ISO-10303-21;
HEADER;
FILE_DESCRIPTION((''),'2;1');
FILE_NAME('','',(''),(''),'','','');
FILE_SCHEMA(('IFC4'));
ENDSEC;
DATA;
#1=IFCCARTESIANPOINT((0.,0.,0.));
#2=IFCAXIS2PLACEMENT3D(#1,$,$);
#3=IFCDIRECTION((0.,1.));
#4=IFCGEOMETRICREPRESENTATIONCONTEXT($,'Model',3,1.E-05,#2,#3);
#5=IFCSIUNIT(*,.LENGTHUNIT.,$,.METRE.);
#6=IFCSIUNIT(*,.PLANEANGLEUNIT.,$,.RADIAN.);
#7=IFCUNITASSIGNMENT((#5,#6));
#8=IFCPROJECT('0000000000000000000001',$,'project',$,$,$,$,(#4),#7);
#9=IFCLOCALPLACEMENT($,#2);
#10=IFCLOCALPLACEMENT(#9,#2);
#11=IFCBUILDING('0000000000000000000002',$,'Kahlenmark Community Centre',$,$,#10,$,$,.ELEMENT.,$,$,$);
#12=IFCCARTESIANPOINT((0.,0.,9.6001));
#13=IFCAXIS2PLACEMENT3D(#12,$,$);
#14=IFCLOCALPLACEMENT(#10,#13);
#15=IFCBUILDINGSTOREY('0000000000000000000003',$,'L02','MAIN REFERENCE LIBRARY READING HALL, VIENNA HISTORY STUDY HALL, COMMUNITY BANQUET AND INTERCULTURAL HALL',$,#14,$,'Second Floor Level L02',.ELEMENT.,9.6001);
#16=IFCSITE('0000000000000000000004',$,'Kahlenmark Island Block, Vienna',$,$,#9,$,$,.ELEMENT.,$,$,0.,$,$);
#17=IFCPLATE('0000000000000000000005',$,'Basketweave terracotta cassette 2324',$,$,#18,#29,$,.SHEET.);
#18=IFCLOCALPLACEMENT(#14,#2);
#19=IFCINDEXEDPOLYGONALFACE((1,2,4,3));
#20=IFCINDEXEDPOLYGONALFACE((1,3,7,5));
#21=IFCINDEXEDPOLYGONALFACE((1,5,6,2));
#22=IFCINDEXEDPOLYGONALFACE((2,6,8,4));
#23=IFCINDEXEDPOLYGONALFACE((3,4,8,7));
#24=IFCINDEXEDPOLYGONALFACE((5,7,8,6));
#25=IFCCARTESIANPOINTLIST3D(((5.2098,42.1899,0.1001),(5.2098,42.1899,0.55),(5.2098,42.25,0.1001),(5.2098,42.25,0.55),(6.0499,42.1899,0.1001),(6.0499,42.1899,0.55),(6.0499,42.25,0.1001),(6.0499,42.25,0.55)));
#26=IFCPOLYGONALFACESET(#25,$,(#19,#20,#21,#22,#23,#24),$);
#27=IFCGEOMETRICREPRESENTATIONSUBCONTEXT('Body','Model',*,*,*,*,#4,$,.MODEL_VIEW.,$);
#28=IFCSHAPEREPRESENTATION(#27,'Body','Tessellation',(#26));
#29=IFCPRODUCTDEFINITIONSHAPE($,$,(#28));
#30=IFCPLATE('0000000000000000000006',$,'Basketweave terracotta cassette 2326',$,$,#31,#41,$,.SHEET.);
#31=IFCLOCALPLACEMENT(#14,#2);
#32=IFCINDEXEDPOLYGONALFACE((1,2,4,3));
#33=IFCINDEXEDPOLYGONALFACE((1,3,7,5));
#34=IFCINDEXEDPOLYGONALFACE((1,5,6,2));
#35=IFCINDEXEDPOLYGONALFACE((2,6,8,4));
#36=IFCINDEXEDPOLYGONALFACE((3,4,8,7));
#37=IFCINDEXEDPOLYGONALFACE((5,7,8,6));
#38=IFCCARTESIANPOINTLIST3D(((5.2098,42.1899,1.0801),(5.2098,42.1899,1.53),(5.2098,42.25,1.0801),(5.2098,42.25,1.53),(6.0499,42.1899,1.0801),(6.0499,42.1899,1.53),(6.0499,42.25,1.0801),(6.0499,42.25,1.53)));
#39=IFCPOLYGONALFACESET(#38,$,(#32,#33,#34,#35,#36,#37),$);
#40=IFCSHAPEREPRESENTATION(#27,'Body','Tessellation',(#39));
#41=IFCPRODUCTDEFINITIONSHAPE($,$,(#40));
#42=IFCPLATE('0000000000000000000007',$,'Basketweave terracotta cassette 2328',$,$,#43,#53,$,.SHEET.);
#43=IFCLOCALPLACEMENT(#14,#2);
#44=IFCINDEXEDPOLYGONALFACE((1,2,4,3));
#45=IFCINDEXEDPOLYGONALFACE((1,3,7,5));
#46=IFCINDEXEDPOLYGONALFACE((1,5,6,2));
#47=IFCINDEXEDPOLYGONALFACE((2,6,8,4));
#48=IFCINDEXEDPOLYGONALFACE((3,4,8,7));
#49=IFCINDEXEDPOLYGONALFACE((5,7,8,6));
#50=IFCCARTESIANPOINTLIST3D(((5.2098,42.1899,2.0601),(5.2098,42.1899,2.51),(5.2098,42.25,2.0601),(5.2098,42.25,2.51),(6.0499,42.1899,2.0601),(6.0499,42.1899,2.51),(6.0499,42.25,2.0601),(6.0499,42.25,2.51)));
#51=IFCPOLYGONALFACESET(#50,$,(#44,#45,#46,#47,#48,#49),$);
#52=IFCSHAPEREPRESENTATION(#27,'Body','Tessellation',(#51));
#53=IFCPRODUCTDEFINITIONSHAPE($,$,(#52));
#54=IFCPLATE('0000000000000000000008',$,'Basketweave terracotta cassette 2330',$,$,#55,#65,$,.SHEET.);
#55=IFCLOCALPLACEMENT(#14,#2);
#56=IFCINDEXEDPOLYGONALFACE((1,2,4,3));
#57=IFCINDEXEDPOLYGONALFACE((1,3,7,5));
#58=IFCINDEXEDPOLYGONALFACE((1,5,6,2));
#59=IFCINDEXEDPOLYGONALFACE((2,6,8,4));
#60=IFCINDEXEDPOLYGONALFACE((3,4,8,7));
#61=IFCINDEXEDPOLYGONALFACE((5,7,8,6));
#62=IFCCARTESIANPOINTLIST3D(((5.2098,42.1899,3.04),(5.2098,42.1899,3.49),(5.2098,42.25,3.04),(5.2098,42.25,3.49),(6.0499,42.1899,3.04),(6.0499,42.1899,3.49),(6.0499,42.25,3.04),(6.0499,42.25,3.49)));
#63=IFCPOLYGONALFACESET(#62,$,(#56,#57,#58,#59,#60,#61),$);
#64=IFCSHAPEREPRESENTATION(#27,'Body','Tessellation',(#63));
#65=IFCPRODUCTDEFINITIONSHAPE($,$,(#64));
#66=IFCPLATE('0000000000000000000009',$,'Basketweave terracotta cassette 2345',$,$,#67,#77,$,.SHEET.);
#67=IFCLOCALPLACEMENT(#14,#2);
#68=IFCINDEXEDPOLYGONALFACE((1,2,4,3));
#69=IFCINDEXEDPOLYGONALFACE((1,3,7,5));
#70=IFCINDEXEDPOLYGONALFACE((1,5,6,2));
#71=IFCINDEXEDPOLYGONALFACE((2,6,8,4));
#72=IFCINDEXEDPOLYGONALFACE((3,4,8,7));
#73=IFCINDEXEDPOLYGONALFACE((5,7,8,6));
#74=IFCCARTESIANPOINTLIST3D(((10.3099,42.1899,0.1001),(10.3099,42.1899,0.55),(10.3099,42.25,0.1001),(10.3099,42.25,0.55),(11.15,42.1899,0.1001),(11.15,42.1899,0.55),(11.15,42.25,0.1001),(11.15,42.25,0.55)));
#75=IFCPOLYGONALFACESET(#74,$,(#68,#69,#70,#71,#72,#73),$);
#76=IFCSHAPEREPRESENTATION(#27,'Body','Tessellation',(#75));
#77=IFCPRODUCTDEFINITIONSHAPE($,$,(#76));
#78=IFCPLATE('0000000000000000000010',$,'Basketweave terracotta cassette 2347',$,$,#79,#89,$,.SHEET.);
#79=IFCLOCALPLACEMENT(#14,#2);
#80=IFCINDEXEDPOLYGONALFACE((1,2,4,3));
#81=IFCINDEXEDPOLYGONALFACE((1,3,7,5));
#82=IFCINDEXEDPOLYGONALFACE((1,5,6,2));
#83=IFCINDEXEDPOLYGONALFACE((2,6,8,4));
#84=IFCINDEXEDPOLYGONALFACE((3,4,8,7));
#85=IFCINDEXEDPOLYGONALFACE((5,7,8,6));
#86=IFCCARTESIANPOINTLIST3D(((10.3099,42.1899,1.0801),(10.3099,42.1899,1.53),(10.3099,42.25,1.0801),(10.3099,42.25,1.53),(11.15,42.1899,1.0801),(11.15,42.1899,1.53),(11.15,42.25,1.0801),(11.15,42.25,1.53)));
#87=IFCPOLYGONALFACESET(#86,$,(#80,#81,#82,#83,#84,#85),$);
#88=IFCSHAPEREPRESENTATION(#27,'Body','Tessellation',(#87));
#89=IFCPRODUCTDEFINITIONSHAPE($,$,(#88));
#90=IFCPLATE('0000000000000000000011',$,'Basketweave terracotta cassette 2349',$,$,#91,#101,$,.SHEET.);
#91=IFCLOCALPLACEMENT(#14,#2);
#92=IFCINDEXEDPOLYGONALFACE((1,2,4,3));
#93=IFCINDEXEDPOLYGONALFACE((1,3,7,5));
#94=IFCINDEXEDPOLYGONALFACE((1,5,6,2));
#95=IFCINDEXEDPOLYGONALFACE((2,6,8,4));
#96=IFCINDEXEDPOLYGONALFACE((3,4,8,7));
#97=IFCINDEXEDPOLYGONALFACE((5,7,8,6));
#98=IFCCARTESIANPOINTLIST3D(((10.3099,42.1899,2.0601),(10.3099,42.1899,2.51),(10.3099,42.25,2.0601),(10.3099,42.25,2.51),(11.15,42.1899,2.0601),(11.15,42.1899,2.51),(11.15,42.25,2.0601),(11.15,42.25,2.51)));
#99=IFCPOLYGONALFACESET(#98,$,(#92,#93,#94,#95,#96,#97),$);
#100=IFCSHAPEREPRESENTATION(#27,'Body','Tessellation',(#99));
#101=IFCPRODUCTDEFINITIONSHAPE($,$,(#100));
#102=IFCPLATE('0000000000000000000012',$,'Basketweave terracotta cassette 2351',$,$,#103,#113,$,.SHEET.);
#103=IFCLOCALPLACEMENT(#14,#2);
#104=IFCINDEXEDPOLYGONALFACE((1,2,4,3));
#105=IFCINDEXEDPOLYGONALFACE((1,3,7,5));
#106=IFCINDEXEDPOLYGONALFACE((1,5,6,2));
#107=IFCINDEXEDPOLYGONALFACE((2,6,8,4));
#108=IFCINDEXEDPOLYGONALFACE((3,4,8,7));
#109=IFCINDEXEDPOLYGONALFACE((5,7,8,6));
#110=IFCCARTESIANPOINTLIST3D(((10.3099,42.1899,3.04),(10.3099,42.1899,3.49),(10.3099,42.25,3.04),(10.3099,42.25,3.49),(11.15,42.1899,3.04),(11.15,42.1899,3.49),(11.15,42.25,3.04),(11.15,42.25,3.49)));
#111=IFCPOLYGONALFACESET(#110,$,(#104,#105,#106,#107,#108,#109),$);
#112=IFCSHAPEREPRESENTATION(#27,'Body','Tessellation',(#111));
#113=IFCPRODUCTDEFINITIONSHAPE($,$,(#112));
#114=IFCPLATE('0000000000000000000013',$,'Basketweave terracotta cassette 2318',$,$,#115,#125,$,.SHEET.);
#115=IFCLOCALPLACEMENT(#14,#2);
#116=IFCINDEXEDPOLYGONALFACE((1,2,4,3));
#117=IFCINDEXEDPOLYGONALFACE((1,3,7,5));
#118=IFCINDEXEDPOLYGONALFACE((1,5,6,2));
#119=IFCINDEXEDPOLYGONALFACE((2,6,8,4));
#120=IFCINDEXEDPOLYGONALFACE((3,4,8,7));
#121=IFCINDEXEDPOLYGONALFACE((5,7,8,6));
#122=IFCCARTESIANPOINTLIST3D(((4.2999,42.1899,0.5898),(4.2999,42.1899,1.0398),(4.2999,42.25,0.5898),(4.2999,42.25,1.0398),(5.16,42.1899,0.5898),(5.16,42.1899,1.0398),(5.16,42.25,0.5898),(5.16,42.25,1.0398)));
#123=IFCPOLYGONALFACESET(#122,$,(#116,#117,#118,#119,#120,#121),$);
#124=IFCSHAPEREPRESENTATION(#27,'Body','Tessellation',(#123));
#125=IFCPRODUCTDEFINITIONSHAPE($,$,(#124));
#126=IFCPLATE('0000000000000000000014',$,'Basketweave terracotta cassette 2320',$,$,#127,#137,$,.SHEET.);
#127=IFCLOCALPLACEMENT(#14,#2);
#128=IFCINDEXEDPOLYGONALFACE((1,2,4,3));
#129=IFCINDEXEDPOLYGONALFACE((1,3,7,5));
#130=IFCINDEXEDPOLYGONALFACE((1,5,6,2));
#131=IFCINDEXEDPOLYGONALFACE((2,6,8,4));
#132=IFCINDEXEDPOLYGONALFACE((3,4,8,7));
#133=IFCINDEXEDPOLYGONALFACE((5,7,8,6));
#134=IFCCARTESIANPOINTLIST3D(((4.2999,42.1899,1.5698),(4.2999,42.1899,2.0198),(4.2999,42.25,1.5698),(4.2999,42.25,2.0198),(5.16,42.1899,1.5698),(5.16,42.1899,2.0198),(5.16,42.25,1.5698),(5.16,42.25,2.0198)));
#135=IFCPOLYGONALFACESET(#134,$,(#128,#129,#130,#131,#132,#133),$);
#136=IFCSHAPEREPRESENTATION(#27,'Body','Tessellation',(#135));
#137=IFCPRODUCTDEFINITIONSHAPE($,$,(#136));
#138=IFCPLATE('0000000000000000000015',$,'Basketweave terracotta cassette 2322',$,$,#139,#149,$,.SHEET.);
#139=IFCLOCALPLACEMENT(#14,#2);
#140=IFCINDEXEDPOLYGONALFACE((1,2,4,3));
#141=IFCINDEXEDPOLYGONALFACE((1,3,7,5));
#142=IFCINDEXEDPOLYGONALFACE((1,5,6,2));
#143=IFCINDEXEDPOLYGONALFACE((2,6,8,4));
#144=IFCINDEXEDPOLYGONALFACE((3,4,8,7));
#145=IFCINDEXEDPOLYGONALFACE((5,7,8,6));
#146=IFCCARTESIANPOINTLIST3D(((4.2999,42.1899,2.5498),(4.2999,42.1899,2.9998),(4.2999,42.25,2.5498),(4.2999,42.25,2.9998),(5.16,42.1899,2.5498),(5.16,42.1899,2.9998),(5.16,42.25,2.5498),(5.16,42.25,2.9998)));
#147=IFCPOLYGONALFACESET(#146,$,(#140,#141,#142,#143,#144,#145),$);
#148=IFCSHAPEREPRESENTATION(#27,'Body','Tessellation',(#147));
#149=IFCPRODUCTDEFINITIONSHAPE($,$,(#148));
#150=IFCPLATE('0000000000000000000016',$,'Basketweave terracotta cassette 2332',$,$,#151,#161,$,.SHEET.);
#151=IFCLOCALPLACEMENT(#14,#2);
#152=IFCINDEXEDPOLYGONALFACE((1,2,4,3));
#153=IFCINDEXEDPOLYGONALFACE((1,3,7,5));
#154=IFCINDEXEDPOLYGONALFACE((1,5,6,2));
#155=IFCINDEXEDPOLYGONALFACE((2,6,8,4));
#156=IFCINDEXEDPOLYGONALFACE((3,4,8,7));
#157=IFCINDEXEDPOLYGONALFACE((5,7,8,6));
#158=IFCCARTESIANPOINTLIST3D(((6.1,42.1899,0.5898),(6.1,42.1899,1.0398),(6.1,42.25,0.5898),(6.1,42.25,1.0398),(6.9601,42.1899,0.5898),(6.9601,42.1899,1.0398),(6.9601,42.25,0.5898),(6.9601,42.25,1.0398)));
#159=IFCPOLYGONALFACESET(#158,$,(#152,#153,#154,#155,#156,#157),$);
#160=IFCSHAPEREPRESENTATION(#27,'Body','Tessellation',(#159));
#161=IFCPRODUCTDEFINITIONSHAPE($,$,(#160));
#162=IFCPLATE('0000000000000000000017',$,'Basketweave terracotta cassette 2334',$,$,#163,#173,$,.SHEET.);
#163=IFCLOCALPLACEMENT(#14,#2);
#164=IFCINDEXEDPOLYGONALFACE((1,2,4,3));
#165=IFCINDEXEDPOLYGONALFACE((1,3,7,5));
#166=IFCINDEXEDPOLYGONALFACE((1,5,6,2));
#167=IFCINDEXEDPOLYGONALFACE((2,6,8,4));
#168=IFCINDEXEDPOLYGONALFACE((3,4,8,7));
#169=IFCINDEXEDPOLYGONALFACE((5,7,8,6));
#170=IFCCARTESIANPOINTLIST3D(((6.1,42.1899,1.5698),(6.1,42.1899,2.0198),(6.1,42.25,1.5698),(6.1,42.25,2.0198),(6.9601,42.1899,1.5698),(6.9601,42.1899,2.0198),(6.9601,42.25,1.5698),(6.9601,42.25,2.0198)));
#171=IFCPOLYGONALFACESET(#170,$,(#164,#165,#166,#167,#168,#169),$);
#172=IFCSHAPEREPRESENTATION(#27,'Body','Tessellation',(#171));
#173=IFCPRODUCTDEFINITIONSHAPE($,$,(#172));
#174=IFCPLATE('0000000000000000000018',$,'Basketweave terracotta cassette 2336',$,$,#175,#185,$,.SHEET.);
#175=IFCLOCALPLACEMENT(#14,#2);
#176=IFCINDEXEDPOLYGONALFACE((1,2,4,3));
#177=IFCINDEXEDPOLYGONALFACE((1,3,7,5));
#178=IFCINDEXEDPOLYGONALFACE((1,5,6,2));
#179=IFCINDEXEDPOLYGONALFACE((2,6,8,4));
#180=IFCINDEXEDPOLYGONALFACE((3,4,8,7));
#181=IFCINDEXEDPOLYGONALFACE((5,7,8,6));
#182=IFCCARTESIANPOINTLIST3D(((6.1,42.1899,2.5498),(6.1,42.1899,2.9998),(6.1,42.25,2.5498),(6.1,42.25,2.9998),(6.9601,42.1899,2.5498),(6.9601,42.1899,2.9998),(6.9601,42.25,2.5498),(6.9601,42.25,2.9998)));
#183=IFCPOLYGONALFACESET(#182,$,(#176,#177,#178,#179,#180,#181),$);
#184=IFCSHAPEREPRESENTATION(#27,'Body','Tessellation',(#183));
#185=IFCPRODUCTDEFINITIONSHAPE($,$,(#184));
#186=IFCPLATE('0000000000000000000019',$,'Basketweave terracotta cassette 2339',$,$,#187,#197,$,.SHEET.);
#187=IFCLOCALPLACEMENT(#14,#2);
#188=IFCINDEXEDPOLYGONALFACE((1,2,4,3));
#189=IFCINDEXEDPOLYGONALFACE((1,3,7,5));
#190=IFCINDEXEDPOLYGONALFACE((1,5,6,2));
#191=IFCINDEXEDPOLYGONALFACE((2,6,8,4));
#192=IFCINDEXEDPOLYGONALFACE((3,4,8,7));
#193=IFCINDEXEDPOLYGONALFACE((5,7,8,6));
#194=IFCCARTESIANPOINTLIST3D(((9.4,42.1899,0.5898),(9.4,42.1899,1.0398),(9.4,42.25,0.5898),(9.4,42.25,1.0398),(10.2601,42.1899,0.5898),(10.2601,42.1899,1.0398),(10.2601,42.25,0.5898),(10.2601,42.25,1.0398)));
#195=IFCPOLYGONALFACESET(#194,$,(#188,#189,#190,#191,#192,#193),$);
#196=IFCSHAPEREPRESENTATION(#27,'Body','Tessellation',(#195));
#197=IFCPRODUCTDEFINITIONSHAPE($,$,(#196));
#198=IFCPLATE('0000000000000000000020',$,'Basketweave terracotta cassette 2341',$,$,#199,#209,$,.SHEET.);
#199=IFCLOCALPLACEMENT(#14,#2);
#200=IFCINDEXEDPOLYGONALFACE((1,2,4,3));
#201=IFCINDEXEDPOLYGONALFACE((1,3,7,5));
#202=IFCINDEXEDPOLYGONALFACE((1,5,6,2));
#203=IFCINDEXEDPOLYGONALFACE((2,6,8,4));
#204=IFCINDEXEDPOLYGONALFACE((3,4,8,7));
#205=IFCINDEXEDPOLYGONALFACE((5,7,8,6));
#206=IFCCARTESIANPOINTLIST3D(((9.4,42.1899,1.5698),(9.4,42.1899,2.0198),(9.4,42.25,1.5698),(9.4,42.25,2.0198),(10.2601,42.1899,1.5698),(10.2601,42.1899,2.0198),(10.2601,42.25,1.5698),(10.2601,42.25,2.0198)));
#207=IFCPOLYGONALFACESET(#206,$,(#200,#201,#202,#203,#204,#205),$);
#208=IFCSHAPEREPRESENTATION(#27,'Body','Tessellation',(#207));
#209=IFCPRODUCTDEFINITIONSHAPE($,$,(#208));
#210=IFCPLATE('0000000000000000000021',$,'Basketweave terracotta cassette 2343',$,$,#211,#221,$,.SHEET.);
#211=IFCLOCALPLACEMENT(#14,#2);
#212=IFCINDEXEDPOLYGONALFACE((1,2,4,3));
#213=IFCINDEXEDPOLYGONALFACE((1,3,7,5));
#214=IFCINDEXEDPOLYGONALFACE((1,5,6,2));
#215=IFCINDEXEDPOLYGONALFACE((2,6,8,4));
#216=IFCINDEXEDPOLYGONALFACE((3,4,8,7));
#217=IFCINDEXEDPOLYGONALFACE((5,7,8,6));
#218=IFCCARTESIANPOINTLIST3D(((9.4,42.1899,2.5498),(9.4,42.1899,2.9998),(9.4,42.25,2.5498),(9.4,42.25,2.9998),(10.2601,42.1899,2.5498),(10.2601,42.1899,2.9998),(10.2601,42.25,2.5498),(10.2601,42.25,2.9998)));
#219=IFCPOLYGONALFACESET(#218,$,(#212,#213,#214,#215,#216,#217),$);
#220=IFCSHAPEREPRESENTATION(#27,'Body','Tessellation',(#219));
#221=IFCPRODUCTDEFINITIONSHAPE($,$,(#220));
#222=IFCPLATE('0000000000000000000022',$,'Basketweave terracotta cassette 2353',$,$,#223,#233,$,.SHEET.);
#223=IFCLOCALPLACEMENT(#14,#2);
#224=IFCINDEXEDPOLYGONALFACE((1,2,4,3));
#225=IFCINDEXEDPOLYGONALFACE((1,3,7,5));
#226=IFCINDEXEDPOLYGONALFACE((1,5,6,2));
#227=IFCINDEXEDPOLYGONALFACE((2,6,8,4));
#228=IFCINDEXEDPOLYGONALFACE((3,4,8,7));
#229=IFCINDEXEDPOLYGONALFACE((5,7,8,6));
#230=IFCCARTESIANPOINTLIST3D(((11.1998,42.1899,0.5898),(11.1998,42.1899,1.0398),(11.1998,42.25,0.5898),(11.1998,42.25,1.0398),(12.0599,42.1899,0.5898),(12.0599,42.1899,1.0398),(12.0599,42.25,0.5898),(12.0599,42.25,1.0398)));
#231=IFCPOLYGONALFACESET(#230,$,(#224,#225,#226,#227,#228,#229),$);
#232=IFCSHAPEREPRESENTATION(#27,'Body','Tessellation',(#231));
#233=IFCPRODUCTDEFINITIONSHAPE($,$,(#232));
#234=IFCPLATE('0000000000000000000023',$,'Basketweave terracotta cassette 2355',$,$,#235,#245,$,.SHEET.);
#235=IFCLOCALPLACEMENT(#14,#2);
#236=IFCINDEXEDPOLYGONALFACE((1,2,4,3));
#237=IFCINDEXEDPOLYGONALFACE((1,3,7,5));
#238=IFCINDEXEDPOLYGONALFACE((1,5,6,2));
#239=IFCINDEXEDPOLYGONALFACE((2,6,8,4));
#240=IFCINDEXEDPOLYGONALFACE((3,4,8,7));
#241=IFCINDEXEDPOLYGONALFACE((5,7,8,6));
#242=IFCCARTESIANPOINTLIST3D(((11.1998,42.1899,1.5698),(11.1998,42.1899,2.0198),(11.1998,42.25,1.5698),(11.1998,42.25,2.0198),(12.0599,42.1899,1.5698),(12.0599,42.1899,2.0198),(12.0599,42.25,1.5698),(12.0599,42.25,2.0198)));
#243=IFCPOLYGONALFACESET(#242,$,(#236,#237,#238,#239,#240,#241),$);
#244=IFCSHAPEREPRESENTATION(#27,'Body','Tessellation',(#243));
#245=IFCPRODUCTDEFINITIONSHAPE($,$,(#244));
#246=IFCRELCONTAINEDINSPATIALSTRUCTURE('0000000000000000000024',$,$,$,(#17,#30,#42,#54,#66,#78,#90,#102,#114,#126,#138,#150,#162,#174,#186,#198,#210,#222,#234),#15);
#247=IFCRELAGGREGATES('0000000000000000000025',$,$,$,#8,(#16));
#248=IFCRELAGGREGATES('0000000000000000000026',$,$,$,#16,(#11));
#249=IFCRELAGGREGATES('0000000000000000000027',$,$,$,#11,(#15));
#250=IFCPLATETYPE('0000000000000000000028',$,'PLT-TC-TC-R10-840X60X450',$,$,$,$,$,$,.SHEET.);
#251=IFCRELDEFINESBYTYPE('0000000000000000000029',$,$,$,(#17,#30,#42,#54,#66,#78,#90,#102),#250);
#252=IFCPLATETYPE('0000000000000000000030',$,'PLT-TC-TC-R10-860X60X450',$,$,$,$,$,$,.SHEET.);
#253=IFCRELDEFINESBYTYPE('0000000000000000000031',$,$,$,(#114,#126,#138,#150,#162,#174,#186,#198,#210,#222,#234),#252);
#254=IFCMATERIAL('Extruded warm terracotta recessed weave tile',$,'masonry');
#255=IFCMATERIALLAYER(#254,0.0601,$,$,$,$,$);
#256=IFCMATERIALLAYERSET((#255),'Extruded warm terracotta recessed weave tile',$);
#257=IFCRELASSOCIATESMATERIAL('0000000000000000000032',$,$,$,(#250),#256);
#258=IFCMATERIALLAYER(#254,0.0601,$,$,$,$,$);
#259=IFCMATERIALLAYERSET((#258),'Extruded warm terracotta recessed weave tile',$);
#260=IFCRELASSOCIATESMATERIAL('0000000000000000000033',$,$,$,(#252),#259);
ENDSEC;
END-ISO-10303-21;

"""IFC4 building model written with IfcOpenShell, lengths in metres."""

from ifc_helpers import new_model, si_unit, direction, frame, origin, origin_2d, place, context, subcontext, project, spatial, rectangle, extrude, material, layer, layer_set, type_object, element, save


model = new_model("IFC4")

# Units and contexts
model_context = context("Model", 3, precision=1e-05, world=origin(), true_north=direction((0.0, 1.0)))
body_context = subcontext(model_context, "Body", "Model", "MODEL_VIEW")
ifc_project = project(units=[si_unit("LENGTHUNIT", "METRE"), si_unit("PLANEANGLEUNIT", "RADIAN")], contexts=[model_context])

# Site, building, storey
site_placement = place(None, origin())
site = spatial("IfcSite", under=ifc_project, at=site_placement, Name="Kahlenmark Island Block, Vienna", CompositionType="ELEMENT", RefElevation=0.0)
building_placement = place(site_placement, origin())
building = spatial("IfcBuilding", under=site, at=building_placement, Name="Kahlenmark Community Centre", CompositionType="ELEMENT")
storey_placement = place(building_placement, frame((0.0, 0.0, 9.6001)))
storey = spatial("IfcBuildingStorey", under=building, at=storey_placement, Name="L02", Description="MAIN REFERENCE LIBRARY READING HALL, VIENNA HISTORY STUDY HALL, COMMUNITY BANQUET AND INTERCULTURAL HALL", LongName="Second Floor Level L02", CompositionType="ELEMENT", Elevation=9.6001)

# Plates
ifc_material_1 = material(Name="Extruded warm terracotta recessed weave tile", Category="masonry")
ifc_layer_1 = layer(ifc_material_1, 0.0601)
ifc_layer_set_1 = layer_set([ifc_layer_1], Name="Extruded warm terracotta recessed weave tile")
plate_type_1 = type_object("IfcPlateType", Name="PLT-TC-TC-R10-840X60X450", PredefinedType="SHEET", material=ifc_layer_set_1)
for number, where, z_axis, x_axis, name in (
    (1, (5.6299, 42.22, 0.1001), (0.0, 0.0, 1.0), (1.0, 0.0, 0.0), "Basketweave terracotta cassette 2324"),
    (2, (5.6299, 42.22, 1.0801), (0.0, 0.0, 1.0), (1.0, 0.0, 0.0), "Basketweave terracotta cassette 2326"),
    (3, (5.6299, 42.22, 2.0601), (0.0, 0.0, 1.0), (1.0, 0.0, 0.0), "Basketweave terracotta cassette 2328"),
    (4, (5.6299, 42.22, 3.04), (0.0, 0.0, 1.0), (1.0, 0.0, 0.0), "Basketweave terracotta cassette 2330"),
    (5, (10.73, 42.22, 0.1001), (0.0, 0.0, 1.0), (1.0, 0.0, 0.0), "Basketweave terracotta cassette 2345"),
    (6, (10.73, 42.22, 1.0801), (0.0, 0.0, 1.0), (1.0, 0.0, 0.0), "Basketweave terracotta cassette 2347"),
    (7, (10.73, 42.22, 2.0601), (0.0, 0.0, 1.0), (1.0, 0.0, 0.0), "Basketweave terracotta cassette 2349"),
    (8, (10.73, 42.22, 3.04), (0.0, 0.0, 1.0), (1.0, 0.0, 0.0), "Basketweave terracotta cassette 2351"),
):
    element("IfcPlate", number, at=place(storey_placement, frame(where, z_axis=z_axis, x_axis=x_axis)), inside=storey, type_object=plate_type_1, Name=name, PredefinedType="SHEET", context=body_context, shape_type="SweptSolid", body=[
        extrude(rectangle(XDim=0.8401, YDim=0.0601, at=origin_2d()), origin(), (0.0, 0.0, 1.0), 0.45),
    ])
ifc_layer_2 = layer(ifc_material_1, 0.0601)
ifc_layer_set_2 = layer_set([ifc_layer_2], Name="Extruded warm terracotta recessed weave tile")
plate_type_2 = type_object("IfcPlateType", Name="PLT-TC-TC-R10-860X60X450", PredefinedType="SHEET", material=ifc_layer_set_2)
for number, where, z_axis, x_axis, name in (
    (9, (4.73, 42.22, 0.5898), (0.0, 0.0, 1.0), (1.0, 0.0, 0.0), "Basketweave terracotta cassette 2318"),
    (10, (4.73, 42.22, 1.5698), (0.0, 0.0, 1.0), (1.0, 0.0, 0.0), "Basketweave terracotta cassette 2320"),
    (11, (4.73, 42.22, 2.5498), (0.0, 0.0, 1.0), (1.0, 0.0, 0.0), "Basketweave terracotta cassette 2322"),
    (12, (6.53, 42.22, 0.5898), (0.0, 0.0, 1.0), (1.0, 0.0, 0.0), "Basketweave terracotta cassette 2332"),
    (13, (6.53, 42.22, 1.5698), (0.0, 0.0, 1.0), (1.0, 0.0, 0.0), "Basketweave terracotta cassette 2334"),
    (14, (6.53, 42.22, 2.5498), (0.0, 0.0, 1.0), (1.0, 0.0, 0.0), "Basketweave terracotta cassette 2336"),
    (15, (9.8301, 42.22, 0.5898), (0.0, 0.0, 1.0), (1.0, 0.0, 0.0), "Basketweave terracotta cassette 2339"),
    (16, (9.8301, 42.22, 1.5698), (0.0, 0.0, 1.0), (1.0, 0.0, 0.0), "Basketweave terracotta cassette 2341"),
    (17, (9.8301, 42.22, 2.5498), (0.0, 0.0, 1.0), (1.0, 0.0, 0.0), "Basketweave terracotta cassette 2343"),
    (18, (11.6299, 42.22, 0.5898), (0.0, 0.0, 1.0), (1.0, 0.0, 0.0), "Basketweave terracotta cassette 2353"),
    (19, (11.6299, 42.22, 1.5698), (0.0, 0.0, 1.0), (1.0, 0.0, 0.0), "Basketweave terracotta cassette 2355"),
):
    element("IfcPlate", number, at=place(storey_placement, frame(where, z_axis=z_axis, x_axis=x_axis)), inside=storey, type_object=plate_type_2, Name=name, PredefinedType="SHEET", context=body_context, shape_type="SweptSolid", body=[
        extrude(rectangle(XDim=0.8601, YDim=0.0601, at=origin_2d()), origin(), (0.0, 0.0, 1.0), 0.45),
    ])

save(model, "model.ifc")
